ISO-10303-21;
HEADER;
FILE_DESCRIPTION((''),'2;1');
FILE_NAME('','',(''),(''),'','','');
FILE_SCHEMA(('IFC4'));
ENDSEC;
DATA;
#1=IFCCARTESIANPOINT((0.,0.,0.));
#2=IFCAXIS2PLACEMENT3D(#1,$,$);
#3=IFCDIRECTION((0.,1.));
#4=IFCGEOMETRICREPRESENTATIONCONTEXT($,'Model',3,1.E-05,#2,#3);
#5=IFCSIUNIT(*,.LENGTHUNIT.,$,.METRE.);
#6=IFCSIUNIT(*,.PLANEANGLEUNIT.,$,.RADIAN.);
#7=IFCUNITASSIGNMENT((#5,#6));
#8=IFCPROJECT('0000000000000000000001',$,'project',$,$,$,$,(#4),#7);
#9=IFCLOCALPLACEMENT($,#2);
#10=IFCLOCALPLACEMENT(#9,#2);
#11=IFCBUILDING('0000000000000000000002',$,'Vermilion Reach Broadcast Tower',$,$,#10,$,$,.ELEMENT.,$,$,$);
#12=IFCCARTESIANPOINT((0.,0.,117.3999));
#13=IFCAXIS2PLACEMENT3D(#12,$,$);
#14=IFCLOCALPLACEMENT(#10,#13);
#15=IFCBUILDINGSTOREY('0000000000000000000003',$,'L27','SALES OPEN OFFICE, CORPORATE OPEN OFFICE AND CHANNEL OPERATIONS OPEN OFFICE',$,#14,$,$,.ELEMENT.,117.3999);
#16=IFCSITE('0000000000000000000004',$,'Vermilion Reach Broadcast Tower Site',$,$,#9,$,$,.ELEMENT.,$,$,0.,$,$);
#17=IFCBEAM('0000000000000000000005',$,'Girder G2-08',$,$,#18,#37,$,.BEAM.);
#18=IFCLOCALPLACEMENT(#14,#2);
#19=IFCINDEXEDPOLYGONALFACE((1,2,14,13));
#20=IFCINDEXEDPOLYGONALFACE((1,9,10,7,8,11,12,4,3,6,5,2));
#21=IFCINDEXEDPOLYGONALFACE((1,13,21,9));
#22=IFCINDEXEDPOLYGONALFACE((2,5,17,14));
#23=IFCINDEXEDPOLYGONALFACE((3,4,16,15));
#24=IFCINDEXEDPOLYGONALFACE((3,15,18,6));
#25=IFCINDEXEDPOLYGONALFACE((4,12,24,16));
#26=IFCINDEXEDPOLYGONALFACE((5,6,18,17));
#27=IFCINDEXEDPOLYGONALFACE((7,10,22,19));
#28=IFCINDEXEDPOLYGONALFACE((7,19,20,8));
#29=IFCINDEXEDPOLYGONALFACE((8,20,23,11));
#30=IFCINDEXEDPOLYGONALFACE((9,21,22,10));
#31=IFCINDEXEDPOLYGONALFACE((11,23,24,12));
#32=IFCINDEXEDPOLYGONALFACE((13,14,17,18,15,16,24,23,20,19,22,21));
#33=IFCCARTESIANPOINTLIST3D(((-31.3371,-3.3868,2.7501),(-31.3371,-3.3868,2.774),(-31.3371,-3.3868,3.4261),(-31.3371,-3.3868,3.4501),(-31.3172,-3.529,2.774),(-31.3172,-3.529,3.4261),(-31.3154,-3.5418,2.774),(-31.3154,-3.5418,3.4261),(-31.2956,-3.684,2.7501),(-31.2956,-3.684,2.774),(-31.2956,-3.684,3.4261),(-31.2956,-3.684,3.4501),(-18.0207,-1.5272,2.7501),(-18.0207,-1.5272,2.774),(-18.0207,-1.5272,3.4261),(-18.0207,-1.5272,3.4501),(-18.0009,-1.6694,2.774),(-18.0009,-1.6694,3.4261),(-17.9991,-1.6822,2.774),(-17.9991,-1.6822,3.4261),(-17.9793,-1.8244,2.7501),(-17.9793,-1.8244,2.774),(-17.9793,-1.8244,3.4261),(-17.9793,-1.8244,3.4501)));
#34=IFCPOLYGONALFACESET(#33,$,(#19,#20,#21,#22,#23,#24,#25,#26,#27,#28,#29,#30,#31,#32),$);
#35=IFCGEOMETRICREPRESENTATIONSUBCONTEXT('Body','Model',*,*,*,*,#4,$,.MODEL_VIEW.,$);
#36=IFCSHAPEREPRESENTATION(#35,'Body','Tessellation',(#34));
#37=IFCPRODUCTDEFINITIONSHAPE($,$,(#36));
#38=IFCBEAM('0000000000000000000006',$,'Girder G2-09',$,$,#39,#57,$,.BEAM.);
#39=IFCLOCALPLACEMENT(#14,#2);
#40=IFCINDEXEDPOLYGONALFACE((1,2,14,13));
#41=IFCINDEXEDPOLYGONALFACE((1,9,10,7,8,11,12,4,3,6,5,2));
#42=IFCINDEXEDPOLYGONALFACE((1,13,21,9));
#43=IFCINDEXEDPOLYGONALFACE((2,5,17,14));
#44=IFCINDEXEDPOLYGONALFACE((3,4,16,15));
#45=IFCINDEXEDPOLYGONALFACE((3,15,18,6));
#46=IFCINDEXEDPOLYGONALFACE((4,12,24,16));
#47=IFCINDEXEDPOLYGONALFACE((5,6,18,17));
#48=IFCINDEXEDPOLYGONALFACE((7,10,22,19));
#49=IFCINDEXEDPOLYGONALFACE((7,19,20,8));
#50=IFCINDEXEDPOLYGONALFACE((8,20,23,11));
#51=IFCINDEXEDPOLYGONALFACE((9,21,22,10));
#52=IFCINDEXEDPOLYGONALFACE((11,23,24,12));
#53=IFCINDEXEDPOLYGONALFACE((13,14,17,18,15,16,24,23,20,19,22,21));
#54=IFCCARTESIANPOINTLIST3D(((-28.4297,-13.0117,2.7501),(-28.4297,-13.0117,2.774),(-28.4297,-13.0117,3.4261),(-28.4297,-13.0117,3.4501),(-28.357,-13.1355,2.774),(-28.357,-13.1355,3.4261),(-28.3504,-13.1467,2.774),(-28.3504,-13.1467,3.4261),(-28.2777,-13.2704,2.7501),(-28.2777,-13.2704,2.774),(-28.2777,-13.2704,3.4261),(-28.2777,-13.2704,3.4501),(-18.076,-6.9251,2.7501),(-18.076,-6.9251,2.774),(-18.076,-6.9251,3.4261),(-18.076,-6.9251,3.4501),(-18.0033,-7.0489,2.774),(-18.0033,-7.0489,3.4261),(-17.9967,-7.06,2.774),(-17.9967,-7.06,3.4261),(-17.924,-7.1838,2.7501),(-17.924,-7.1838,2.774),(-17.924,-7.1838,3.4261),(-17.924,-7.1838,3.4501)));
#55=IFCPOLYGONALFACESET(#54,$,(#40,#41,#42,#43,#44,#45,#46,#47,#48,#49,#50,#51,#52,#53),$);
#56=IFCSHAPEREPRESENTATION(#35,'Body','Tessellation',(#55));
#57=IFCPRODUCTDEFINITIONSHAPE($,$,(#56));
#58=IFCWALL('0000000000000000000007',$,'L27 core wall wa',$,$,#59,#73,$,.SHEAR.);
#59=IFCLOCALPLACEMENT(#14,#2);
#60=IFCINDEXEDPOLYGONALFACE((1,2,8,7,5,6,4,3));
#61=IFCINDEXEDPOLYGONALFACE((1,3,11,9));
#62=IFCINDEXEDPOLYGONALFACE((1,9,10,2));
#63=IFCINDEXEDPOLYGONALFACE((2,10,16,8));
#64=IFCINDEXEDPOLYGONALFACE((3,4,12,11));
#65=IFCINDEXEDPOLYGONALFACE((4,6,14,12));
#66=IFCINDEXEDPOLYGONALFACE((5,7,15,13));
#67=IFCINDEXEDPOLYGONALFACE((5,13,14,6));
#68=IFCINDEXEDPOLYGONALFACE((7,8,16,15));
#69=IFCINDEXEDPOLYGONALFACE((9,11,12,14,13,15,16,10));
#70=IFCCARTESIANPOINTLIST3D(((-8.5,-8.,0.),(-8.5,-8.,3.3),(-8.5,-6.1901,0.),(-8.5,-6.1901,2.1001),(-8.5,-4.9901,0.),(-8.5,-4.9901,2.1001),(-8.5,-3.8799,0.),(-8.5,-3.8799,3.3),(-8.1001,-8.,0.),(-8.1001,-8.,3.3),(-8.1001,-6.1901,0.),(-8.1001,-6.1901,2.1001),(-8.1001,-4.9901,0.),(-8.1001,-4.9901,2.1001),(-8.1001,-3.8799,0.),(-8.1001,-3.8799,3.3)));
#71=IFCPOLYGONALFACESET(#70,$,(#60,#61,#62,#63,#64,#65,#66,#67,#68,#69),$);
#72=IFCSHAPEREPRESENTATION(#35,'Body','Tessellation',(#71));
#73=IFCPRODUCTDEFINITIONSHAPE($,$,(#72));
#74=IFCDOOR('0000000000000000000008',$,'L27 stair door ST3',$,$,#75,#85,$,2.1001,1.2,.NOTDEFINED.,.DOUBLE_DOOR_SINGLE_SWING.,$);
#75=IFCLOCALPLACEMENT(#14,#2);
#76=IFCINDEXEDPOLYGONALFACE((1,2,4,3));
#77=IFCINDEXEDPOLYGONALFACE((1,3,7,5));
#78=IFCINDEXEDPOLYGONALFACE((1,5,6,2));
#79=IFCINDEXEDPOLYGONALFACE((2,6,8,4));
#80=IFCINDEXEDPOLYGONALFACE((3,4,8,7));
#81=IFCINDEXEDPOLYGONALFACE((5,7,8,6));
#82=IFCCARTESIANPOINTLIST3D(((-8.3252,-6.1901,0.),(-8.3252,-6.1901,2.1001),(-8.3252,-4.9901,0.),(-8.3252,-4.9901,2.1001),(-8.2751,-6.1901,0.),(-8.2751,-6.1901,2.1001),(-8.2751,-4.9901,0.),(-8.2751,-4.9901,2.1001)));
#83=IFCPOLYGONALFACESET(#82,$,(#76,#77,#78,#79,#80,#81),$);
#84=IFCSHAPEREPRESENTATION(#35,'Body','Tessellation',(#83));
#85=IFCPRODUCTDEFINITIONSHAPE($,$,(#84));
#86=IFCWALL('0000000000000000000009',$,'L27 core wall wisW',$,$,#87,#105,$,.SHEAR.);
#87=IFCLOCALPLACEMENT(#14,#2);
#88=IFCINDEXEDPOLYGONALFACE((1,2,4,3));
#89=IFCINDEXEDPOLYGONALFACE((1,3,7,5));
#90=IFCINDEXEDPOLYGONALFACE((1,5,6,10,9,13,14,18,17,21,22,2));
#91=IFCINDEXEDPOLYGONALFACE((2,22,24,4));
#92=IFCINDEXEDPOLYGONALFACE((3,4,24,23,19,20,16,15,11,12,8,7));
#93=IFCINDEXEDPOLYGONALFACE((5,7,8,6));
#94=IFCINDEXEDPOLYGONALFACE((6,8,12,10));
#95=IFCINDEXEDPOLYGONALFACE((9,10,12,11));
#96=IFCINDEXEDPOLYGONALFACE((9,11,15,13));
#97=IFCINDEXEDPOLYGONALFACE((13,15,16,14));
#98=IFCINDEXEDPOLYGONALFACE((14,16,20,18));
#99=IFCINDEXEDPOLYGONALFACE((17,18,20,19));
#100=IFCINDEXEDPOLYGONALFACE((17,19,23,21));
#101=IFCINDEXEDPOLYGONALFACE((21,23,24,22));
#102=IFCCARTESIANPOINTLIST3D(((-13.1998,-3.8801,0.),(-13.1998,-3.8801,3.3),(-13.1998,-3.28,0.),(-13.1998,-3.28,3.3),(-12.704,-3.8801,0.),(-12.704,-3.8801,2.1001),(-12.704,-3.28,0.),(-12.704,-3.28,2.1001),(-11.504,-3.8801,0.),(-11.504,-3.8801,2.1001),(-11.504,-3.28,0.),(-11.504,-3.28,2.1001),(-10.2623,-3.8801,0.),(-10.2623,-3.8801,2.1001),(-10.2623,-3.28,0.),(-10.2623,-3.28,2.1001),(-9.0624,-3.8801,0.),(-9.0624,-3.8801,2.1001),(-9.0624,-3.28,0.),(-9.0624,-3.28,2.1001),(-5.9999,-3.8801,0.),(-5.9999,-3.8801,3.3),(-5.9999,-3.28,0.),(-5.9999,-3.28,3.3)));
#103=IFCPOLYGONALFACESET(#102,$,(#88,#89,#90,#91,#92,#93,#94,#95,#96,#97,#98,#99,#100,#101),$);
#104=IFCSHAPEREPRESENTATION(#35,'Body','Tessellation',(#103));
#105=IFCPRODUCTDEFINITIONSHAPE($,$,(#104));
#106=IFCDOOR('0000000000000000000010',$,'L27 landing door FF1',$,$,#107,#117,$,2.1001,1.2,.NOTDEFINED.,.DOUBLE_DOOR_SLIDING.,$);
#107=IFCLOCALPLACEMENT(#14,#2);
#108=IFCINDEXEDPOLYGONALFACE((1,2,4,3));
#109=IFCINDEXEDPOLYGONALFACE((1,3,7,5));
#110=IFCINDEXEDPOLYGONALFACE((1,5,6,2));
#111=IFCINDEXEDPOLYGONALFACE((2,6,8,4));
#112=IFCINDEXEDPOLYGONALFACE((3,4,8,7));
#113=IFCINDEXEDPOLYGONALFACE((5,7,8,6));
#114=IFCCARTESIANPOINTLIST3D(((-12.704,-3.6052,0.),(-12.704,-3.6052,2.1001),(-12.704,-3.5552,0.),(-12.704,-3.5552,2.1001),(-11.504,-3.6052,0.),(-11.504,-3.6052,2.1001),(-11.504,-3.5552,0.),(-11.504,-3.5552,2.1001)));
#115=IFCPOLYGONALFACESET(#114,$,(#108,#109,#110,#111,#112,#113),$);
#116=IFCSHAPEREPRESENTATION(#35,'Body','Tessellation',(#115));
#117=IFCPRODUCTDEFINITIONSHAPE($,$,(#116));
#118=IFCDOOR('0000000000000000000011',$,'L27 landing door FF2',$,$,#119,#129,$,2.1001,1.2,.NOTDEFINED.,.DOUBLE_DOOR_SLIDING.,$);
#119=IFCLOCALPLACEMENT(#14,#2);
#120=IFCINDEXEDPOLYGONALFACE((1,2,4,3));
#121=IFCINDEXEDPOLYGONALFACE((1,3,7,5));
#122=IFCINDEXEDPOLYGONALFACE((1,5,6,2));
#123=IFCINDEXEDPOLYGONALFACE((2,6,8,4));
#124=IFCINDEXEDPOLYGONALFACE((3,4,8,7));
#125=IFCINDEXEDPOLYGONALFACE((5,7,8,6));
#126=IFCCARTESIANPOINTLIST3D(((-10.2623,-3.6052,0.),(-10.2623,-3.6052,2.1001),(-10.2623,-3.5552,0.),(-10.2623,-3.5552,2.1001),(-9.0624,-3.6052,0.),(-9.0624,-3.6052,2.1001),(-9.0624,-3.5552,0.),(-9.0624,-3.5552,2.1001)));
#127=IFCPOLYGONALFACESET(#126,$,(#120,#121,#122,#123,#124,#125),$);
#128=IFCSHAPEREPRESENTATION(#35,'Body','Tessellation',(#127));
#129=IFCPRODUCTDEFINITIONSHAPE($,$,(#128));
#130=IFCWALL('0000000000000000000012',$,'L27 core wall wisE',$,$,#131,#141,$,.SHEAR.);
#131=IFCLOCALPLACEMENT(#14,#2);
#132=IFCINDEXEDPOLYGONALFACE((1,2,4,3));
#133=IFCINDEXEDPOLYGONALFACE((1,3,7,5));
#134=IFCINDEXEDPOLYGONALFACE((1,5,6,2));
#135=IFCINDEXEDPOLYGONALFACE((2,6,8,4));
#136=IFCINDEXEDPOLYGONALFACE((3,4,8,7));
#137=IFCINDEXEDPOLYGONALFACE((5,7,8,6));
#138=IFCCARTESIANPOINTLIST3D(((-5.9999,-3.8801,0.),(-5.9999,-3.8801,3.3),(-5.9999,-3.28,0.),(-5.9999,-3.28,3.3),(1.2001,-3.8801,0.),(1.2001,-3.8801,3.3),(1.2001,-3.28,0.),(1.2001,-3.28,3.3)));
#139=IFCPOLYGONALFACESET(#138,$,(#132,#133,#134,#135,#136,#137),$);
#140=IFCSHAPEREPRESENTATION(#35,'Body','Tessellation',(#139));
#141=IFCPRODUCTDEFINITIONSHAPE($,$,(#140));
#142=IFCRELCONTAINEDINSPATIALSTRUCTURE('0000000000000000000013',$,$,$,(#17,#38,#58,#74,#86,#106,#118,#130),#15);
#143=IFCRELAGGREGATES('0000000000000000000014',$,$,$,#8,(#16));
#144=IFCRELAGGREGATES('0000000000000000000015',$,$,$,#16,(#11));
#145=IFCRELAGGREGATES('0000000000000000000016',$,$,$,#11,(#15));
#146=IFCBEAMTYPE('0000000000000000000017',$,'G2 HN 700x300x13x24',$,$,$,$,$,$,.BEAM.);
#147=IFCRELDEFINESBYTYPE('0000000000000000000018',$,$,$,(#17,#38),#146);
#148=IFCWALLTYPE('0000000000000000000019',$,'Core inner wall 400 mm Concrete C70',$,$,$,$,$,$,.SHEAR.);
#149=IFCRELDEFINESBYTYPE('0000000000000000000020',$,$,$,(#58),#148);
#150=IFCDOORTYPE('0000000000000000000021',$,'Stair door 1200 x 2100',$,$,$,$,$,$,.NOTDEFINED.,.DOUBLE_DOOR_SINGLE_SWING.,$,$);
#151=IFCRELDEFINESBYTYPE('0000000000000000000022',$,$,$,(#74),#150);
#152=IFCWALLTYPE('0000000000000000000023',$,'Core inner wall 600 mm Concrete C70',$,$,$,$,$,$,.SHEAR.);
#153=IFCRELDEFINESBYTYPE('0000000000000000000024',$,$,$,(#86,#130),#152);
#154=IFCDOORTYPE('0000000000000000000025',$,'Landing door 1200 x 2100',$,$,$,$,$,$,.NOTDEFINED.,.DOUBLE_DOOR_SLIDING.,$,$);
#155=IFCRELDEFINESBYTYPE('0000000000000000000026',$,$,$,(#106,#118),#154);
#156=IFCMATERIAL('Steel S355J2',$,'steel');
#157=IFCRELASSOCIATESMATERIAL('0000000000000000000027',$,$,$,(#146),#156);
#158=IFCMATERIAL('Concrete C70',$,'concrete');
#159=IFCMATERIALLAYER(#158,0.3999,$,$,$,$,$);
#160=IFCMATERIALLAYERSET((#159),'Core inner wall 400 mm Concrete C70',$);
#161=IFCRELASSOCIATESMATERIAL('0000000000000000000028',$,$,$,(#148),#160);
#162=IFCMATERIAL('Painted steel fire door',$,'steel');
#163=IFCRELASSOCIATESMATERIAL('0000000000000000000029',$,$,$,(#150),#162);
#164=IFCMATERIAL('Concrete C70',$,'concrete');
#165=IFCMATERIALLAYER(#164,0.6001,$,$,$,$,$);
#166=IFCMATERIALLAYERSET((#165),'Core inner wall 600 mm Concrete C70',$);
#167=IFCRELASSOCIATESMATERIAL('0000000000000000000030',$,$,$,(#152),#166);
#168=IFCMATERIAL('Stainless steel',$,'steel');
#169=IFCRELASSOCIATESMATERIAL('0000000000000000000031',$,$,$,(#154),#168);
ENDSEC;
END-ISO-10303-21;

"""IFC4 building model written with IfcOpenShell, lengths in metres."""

from ifc_helpers import new_model, si_unit, direction, frame, frame_2d, origin, origin_2d, place, context, subcontext, project, spatial, rectangle, i_section, extrude, material, layer, layer_set, material_profile, profile_set, type_object, element, fill, save


model = new_model("IFC4")

# Units and contexts
model_context = context("Model", 3, precision=1e-05, world=origin(), true_north=direction((0.0, 1.0)))
body_context = subcontext(model_context, "Body", "Model", "MODEL_VIEW")
ifc_project = project(units=[si_unit("LENGTHUNIT", "METRE"), si_unit("PLANEANGLEUNIT", "RADIAN")], contexts=[model_context])

# Site, building, storey
site_placement = place(None, origin())
site = spatial("IfcSite", under=ifc_project, at=site_placement, Name="Vermilion Reach Broadcast Tower Site", CompositionType="ELEMENT", RefElevation=0.0)
building_placement = place(site_placement, origin())
building = spatial("IfcBuilding", under=site, at=building_placement, Name="Vermilion Reach Broadcast Tower", CompositionType="ELEMENT")
storey_placement = place(building_placement, frame((0.0, 0.0, 117.3999)))
storey = spatial("IfcBuildingStorey", under=building, at=storey_placement, Name="L27", Description="SALES OPEN OFFICE, CORPORATE OPEN OFFICE AND CHANNEL OPERATIONS OPEN OFFICE", CompositionType="ELEMENT", Elevation=117.3999)

# Beams
ifc_material_1 = material(Name="Steel S355J2", Category="steel")
ifc_material_profile = material_profile(ifc_material_1, i_section(OverallWidth=0.3, OverallDepth=0.7, WebThickness=0.0129, FlangeThickness=0.0239, at=origin_2d()), Name="S355J2 HN 700x300x13x24")
ifc_profile_set = profile_set([ifc_material_profile], Name="Steel S355J2")
beam_type = type_object("IfcBeamType", Name="G2 HN 700x300x13x24", PredefinedType="BEAM", material=ifc_profile_set)
beam_1_placement = place(storey_placement, frame((-18.0, -1.6758, 3.1001), z_axis=(-0.990389, -0.138307, 0.0), x_axis=(0.138307, -0.990389, 0.0)))
element("IfcBeam", 1, at=beam_1_placement, inside=storey, type_object=beam_type, Name="Girder G2-08", PredefinedType="BEAM", context=body_context, shape_type="SweptSolid", body=[
    extrude(i_section(OverallWidth=0.3, OverallDepth=0.7, WebThickness=0.0129, FlangeThickness=0.0239, at=origin_2d()), origin(), (0.0, 0.0, 1.0), 13.4456),
])
beam_2_placement = place(storey_placement, frame((-18.0, -7.0544, 3.1001), z_axis=(-0.862072, -0.506786, 0.0), x_axis=(0.506786, -0.862072, 0.0)))
element("IfcBeam", 2, at=beam_2_placement, inside=storey, type_object=beam_type, Name="Girder G2-09", PredefinedType="BEAM", context=body_context, shape_type="SweptSolid", body=[
    extrude(i_section(OverallWidth=0.3, OverallDepth=0.7, WebThickness=0.0129, FlangeThickness=0.0239, at=origin_2d()), origin(), (0.0, 0.0, 1.0), 12.0103),
])

# Wall, opening, door
ifc_material_2 = material(Name="Concrete C70", Category="concrete")
ifc_layer_1 = layer(ifc_material_2, 0.3999)
ifc_layer_set_1 = layer_set([ifc_layer_1], Name="Core inner wall 400 mm Concrete C70")
wall_type_1 = type_object("IfcWallType", Name="Core inner wall 400 mm Concrete C70", PredefinedType="SHEAR", material=ifc_layer_set_1)
wall_1_placement = place(storey_placement, frame((-8.3, -3.8799, 0.0), z_axis=(0.0, 0.0, 1.0), x_axis=(0.0, -1.0, 0.0)))
wall_1 = element("IfcWall", 3, at=wall_1_placement, inside=storey, type_object=wall_type_1, Name="L27 core wall wa", PredefinedType="SHEAR", context=body_context, shape_type="SweptSolid", body=[
    extrude(rectangle(XDim=4.1201, YDim=0.3999, at=frame_2d((2.0601, 0.0))), origin(), (0.0, 0.0, 1.0), 3.3),
])
opening_1_placement = place(wall_1_placement, frame((1.1101, 0.0, 0.0)))
opening_1 = element("IfcOpeningElement", 4, at=opening_1_placement, cuts=wall_1, PredefinedType="OPENING", context=body_context, shape_type="SweptSolid", body=[
    extrude(rectangle(XDim=1.2, YDim=2.1001, at=frame_2d((0.6001, 1.05))), frame((0.0, 0.21, 0.0), z_axis=(0.0, -1.0, 0.0), x_axis=(1.0, 0.0, 0.0)), (0.0, 0.0, 1.0), 0.4199),
])
ifc_material_3 = material(Name="Painted steel fire door", Category="steel")
door_type_1 = type_object("IfcDoorType", Name="Stair door 1200 x 2100", OperationType="DOUBLE_DOOR_SINGLE_SWING", PredefinedType="NOTDEFINED", material=ifc_material_3)
door_1_placement = place(opening_1_placement, origin())
door_1 = element("IfcDoor", 5, at=door_1_placement, inside=storey, type_object=door_type_1, Name="L27 stair door ST3", OperationType="DOUBLE_DOOR_SINGLE_SWING", OverallHeight=2.1001, OverallWidth=1.2, PredefinedType="NOTDEFINED", context=body_context, shape_type="SweptSolid", body=[
    extrude(rectangle(XDim=1.2, YDim=2.1001, at=frame_2d((0.6001, 1.05))), frame((0.0, 0.0249, 0.0), z_axis=(0.0, -1.0, 0.0), x_axis=(1.0, 0.0, 0.0)), (0.0, 0.0, 1.0), 0.05),
])
fill(opening_1, door_1)

# Wall, openings, doors
ifc_material_4 = material(Name="Concrete C70", Category="concrete")
ifc_layer_2 = layer(ifc_material_4, 0.6001)
ifc_layer_set_2 = layer_set([ifc_layer_2], Name="Core inner wall 600 mm Concrete C70")
wall_type_2 = type_object("IfcWallType", Name="Core inner wall 600 mm Concrete C70", PredefinedType="SHEAR", material=ifc_layer_set_2)
wall_2_placement = place(storey_placement, frame((-13.2, -3.5801, 0.0), z_axis=(0.0, 0.0, 1.0), x_axis=(1.0, 0.0, 0.0)))
wall_2 = element("IfcWall", 6, at=wall_2_placement, inside=storey, type_object=wall_type_2, Name="L27 core wall wisW", PredefinedType="SHEAR", context=body_context, shape_type="SweptSolid", body=[
    extrude(rectangle(XDim=7.2, YDim=0.6001, at=frame_2d((3.6001, 0.0))), origin(), (0.0, 0.0, 1.0), 3.3),
])
opening_2_placement = place(wall_2_placement, frame((0.4958, 0.0, 0.0)))
opening_2 = element("IfcOpeningElement", 7, at=opening_2_placement, cuts=wall_2, PredefinedType="OPENING", context=body_context, shape_type="SweptSolid", body=[
    extrude(rectangle(XDim=1.2, YDim=2.1001, at=frame_2d((0.6001, 1.05))), frame((0.0, 0.3101, 0.0), z_axis=(0.0, -1.0, 0.0), x_axis=(1.0, 0.0, 0.0)), (0.0, 0.0, 1.0), 0.6201),
])
opening_3_placement = place(wall_2_placement, frame((2.9375, 0.0, 0.0)))
opening_3 = element("IfcOpeningElement", 8, at=opening_3_placement, cuts=wall_2, PredefinedType="OPENING", context=body_context, shape_type="SweptSolid", body=[
    extrude(rectangle(XDim=1.2, YDim=2.1001, at=frame_2d((0.6001, 1.05))), frame((0.0, 0.3101, 0.0), z_axis=(0.0, -1.0, 0.0), x_axis=(1.0, 0.0, 0.0)), (0.0, 0.0, 1.0), 0.6201),
])
ifc_material_5 = material(Name="Stainless steel", Category="steel")
door_type_2 = type_object("IfcDoorType", Name="Landing door 1200 x 2100", OperationType="DOUBLE_DOOR_SLIDING", PredefinedType="NOTDEFINED", material=ifc_material_5)
door_2_placement = place(opening_2_placement, origin())
door_2 = element("IfcDoor", 9, at=door_2_placement, inside=storey, type_object=door_type_2, Name="L27 landing door FF1", OperationType="DOUBLE_DOOR_SLIDING", OverallHeight=2.1001, OverallWidth=1.2, PredefinedType="NOTDEFINED", context=body_context, shape_type="SweptSolid", body=[
    extrude(rectangle(XDim=1.2, YDim=2.1001, at=frame_2d((0.6001, 1.05))), frame((0.0, 0.0249, 0.0), z_axis=(0.0, -1.0, 0.0), x_axis=(1.0, 0.0, 0.0)), (0.0, 0.0, 1.0), 0.05),
])
fill(opening_2, door_2)
door_3_placement = place(opening_3_placement, origin())
door_3 = element("IfcDoor", 10, at=door_3_placement, inside=storey, type_object=door_type_2, Name="L27 landing door FF2", OperationType="DOUBLE_DOOR_SLIDING", OverallHeight=2.1001, OverallWidth=1.2, PredefinedType="NOTDEFINED", context=body_context, shape_type="SweptSolid", body=[
    extrude(rectangle(XDim=1.2, YDim=2.1001, at=frame_2d((0.6001, 1.05))), frame((0.0, 0.0249, 0.0), z_axis=(0.0, -1.0, 0.0), x_axis=(1.0, 0.0, 0.0)), (0.0, 0.0, 1.0), 0.05),
])
fill(opening_3, door_3)

# Wall
wall_3_placement = place(storey_placement, frame((-6.0, -3.5801, 0.0), z_axis=(0.0, 0.0, 1.0), x_axis=(1.0, 0.0, 0.0)))
element("IfcWall", 11, at=wall_3_placement, inside=storey, type_object=wall_type_2, Name="L27 core wall wisE", PredefinedType="SHEAR", context=body_context, shape_type="SweptSolid", body=[
    extrude(rectangle(XDim=7.2, YDim=0.6001, at=frame_2d((3.6001, 0.0))), origin(), (0.0, 0.0, 1.0), 3.3),
])

save(model, "model.ifc")
